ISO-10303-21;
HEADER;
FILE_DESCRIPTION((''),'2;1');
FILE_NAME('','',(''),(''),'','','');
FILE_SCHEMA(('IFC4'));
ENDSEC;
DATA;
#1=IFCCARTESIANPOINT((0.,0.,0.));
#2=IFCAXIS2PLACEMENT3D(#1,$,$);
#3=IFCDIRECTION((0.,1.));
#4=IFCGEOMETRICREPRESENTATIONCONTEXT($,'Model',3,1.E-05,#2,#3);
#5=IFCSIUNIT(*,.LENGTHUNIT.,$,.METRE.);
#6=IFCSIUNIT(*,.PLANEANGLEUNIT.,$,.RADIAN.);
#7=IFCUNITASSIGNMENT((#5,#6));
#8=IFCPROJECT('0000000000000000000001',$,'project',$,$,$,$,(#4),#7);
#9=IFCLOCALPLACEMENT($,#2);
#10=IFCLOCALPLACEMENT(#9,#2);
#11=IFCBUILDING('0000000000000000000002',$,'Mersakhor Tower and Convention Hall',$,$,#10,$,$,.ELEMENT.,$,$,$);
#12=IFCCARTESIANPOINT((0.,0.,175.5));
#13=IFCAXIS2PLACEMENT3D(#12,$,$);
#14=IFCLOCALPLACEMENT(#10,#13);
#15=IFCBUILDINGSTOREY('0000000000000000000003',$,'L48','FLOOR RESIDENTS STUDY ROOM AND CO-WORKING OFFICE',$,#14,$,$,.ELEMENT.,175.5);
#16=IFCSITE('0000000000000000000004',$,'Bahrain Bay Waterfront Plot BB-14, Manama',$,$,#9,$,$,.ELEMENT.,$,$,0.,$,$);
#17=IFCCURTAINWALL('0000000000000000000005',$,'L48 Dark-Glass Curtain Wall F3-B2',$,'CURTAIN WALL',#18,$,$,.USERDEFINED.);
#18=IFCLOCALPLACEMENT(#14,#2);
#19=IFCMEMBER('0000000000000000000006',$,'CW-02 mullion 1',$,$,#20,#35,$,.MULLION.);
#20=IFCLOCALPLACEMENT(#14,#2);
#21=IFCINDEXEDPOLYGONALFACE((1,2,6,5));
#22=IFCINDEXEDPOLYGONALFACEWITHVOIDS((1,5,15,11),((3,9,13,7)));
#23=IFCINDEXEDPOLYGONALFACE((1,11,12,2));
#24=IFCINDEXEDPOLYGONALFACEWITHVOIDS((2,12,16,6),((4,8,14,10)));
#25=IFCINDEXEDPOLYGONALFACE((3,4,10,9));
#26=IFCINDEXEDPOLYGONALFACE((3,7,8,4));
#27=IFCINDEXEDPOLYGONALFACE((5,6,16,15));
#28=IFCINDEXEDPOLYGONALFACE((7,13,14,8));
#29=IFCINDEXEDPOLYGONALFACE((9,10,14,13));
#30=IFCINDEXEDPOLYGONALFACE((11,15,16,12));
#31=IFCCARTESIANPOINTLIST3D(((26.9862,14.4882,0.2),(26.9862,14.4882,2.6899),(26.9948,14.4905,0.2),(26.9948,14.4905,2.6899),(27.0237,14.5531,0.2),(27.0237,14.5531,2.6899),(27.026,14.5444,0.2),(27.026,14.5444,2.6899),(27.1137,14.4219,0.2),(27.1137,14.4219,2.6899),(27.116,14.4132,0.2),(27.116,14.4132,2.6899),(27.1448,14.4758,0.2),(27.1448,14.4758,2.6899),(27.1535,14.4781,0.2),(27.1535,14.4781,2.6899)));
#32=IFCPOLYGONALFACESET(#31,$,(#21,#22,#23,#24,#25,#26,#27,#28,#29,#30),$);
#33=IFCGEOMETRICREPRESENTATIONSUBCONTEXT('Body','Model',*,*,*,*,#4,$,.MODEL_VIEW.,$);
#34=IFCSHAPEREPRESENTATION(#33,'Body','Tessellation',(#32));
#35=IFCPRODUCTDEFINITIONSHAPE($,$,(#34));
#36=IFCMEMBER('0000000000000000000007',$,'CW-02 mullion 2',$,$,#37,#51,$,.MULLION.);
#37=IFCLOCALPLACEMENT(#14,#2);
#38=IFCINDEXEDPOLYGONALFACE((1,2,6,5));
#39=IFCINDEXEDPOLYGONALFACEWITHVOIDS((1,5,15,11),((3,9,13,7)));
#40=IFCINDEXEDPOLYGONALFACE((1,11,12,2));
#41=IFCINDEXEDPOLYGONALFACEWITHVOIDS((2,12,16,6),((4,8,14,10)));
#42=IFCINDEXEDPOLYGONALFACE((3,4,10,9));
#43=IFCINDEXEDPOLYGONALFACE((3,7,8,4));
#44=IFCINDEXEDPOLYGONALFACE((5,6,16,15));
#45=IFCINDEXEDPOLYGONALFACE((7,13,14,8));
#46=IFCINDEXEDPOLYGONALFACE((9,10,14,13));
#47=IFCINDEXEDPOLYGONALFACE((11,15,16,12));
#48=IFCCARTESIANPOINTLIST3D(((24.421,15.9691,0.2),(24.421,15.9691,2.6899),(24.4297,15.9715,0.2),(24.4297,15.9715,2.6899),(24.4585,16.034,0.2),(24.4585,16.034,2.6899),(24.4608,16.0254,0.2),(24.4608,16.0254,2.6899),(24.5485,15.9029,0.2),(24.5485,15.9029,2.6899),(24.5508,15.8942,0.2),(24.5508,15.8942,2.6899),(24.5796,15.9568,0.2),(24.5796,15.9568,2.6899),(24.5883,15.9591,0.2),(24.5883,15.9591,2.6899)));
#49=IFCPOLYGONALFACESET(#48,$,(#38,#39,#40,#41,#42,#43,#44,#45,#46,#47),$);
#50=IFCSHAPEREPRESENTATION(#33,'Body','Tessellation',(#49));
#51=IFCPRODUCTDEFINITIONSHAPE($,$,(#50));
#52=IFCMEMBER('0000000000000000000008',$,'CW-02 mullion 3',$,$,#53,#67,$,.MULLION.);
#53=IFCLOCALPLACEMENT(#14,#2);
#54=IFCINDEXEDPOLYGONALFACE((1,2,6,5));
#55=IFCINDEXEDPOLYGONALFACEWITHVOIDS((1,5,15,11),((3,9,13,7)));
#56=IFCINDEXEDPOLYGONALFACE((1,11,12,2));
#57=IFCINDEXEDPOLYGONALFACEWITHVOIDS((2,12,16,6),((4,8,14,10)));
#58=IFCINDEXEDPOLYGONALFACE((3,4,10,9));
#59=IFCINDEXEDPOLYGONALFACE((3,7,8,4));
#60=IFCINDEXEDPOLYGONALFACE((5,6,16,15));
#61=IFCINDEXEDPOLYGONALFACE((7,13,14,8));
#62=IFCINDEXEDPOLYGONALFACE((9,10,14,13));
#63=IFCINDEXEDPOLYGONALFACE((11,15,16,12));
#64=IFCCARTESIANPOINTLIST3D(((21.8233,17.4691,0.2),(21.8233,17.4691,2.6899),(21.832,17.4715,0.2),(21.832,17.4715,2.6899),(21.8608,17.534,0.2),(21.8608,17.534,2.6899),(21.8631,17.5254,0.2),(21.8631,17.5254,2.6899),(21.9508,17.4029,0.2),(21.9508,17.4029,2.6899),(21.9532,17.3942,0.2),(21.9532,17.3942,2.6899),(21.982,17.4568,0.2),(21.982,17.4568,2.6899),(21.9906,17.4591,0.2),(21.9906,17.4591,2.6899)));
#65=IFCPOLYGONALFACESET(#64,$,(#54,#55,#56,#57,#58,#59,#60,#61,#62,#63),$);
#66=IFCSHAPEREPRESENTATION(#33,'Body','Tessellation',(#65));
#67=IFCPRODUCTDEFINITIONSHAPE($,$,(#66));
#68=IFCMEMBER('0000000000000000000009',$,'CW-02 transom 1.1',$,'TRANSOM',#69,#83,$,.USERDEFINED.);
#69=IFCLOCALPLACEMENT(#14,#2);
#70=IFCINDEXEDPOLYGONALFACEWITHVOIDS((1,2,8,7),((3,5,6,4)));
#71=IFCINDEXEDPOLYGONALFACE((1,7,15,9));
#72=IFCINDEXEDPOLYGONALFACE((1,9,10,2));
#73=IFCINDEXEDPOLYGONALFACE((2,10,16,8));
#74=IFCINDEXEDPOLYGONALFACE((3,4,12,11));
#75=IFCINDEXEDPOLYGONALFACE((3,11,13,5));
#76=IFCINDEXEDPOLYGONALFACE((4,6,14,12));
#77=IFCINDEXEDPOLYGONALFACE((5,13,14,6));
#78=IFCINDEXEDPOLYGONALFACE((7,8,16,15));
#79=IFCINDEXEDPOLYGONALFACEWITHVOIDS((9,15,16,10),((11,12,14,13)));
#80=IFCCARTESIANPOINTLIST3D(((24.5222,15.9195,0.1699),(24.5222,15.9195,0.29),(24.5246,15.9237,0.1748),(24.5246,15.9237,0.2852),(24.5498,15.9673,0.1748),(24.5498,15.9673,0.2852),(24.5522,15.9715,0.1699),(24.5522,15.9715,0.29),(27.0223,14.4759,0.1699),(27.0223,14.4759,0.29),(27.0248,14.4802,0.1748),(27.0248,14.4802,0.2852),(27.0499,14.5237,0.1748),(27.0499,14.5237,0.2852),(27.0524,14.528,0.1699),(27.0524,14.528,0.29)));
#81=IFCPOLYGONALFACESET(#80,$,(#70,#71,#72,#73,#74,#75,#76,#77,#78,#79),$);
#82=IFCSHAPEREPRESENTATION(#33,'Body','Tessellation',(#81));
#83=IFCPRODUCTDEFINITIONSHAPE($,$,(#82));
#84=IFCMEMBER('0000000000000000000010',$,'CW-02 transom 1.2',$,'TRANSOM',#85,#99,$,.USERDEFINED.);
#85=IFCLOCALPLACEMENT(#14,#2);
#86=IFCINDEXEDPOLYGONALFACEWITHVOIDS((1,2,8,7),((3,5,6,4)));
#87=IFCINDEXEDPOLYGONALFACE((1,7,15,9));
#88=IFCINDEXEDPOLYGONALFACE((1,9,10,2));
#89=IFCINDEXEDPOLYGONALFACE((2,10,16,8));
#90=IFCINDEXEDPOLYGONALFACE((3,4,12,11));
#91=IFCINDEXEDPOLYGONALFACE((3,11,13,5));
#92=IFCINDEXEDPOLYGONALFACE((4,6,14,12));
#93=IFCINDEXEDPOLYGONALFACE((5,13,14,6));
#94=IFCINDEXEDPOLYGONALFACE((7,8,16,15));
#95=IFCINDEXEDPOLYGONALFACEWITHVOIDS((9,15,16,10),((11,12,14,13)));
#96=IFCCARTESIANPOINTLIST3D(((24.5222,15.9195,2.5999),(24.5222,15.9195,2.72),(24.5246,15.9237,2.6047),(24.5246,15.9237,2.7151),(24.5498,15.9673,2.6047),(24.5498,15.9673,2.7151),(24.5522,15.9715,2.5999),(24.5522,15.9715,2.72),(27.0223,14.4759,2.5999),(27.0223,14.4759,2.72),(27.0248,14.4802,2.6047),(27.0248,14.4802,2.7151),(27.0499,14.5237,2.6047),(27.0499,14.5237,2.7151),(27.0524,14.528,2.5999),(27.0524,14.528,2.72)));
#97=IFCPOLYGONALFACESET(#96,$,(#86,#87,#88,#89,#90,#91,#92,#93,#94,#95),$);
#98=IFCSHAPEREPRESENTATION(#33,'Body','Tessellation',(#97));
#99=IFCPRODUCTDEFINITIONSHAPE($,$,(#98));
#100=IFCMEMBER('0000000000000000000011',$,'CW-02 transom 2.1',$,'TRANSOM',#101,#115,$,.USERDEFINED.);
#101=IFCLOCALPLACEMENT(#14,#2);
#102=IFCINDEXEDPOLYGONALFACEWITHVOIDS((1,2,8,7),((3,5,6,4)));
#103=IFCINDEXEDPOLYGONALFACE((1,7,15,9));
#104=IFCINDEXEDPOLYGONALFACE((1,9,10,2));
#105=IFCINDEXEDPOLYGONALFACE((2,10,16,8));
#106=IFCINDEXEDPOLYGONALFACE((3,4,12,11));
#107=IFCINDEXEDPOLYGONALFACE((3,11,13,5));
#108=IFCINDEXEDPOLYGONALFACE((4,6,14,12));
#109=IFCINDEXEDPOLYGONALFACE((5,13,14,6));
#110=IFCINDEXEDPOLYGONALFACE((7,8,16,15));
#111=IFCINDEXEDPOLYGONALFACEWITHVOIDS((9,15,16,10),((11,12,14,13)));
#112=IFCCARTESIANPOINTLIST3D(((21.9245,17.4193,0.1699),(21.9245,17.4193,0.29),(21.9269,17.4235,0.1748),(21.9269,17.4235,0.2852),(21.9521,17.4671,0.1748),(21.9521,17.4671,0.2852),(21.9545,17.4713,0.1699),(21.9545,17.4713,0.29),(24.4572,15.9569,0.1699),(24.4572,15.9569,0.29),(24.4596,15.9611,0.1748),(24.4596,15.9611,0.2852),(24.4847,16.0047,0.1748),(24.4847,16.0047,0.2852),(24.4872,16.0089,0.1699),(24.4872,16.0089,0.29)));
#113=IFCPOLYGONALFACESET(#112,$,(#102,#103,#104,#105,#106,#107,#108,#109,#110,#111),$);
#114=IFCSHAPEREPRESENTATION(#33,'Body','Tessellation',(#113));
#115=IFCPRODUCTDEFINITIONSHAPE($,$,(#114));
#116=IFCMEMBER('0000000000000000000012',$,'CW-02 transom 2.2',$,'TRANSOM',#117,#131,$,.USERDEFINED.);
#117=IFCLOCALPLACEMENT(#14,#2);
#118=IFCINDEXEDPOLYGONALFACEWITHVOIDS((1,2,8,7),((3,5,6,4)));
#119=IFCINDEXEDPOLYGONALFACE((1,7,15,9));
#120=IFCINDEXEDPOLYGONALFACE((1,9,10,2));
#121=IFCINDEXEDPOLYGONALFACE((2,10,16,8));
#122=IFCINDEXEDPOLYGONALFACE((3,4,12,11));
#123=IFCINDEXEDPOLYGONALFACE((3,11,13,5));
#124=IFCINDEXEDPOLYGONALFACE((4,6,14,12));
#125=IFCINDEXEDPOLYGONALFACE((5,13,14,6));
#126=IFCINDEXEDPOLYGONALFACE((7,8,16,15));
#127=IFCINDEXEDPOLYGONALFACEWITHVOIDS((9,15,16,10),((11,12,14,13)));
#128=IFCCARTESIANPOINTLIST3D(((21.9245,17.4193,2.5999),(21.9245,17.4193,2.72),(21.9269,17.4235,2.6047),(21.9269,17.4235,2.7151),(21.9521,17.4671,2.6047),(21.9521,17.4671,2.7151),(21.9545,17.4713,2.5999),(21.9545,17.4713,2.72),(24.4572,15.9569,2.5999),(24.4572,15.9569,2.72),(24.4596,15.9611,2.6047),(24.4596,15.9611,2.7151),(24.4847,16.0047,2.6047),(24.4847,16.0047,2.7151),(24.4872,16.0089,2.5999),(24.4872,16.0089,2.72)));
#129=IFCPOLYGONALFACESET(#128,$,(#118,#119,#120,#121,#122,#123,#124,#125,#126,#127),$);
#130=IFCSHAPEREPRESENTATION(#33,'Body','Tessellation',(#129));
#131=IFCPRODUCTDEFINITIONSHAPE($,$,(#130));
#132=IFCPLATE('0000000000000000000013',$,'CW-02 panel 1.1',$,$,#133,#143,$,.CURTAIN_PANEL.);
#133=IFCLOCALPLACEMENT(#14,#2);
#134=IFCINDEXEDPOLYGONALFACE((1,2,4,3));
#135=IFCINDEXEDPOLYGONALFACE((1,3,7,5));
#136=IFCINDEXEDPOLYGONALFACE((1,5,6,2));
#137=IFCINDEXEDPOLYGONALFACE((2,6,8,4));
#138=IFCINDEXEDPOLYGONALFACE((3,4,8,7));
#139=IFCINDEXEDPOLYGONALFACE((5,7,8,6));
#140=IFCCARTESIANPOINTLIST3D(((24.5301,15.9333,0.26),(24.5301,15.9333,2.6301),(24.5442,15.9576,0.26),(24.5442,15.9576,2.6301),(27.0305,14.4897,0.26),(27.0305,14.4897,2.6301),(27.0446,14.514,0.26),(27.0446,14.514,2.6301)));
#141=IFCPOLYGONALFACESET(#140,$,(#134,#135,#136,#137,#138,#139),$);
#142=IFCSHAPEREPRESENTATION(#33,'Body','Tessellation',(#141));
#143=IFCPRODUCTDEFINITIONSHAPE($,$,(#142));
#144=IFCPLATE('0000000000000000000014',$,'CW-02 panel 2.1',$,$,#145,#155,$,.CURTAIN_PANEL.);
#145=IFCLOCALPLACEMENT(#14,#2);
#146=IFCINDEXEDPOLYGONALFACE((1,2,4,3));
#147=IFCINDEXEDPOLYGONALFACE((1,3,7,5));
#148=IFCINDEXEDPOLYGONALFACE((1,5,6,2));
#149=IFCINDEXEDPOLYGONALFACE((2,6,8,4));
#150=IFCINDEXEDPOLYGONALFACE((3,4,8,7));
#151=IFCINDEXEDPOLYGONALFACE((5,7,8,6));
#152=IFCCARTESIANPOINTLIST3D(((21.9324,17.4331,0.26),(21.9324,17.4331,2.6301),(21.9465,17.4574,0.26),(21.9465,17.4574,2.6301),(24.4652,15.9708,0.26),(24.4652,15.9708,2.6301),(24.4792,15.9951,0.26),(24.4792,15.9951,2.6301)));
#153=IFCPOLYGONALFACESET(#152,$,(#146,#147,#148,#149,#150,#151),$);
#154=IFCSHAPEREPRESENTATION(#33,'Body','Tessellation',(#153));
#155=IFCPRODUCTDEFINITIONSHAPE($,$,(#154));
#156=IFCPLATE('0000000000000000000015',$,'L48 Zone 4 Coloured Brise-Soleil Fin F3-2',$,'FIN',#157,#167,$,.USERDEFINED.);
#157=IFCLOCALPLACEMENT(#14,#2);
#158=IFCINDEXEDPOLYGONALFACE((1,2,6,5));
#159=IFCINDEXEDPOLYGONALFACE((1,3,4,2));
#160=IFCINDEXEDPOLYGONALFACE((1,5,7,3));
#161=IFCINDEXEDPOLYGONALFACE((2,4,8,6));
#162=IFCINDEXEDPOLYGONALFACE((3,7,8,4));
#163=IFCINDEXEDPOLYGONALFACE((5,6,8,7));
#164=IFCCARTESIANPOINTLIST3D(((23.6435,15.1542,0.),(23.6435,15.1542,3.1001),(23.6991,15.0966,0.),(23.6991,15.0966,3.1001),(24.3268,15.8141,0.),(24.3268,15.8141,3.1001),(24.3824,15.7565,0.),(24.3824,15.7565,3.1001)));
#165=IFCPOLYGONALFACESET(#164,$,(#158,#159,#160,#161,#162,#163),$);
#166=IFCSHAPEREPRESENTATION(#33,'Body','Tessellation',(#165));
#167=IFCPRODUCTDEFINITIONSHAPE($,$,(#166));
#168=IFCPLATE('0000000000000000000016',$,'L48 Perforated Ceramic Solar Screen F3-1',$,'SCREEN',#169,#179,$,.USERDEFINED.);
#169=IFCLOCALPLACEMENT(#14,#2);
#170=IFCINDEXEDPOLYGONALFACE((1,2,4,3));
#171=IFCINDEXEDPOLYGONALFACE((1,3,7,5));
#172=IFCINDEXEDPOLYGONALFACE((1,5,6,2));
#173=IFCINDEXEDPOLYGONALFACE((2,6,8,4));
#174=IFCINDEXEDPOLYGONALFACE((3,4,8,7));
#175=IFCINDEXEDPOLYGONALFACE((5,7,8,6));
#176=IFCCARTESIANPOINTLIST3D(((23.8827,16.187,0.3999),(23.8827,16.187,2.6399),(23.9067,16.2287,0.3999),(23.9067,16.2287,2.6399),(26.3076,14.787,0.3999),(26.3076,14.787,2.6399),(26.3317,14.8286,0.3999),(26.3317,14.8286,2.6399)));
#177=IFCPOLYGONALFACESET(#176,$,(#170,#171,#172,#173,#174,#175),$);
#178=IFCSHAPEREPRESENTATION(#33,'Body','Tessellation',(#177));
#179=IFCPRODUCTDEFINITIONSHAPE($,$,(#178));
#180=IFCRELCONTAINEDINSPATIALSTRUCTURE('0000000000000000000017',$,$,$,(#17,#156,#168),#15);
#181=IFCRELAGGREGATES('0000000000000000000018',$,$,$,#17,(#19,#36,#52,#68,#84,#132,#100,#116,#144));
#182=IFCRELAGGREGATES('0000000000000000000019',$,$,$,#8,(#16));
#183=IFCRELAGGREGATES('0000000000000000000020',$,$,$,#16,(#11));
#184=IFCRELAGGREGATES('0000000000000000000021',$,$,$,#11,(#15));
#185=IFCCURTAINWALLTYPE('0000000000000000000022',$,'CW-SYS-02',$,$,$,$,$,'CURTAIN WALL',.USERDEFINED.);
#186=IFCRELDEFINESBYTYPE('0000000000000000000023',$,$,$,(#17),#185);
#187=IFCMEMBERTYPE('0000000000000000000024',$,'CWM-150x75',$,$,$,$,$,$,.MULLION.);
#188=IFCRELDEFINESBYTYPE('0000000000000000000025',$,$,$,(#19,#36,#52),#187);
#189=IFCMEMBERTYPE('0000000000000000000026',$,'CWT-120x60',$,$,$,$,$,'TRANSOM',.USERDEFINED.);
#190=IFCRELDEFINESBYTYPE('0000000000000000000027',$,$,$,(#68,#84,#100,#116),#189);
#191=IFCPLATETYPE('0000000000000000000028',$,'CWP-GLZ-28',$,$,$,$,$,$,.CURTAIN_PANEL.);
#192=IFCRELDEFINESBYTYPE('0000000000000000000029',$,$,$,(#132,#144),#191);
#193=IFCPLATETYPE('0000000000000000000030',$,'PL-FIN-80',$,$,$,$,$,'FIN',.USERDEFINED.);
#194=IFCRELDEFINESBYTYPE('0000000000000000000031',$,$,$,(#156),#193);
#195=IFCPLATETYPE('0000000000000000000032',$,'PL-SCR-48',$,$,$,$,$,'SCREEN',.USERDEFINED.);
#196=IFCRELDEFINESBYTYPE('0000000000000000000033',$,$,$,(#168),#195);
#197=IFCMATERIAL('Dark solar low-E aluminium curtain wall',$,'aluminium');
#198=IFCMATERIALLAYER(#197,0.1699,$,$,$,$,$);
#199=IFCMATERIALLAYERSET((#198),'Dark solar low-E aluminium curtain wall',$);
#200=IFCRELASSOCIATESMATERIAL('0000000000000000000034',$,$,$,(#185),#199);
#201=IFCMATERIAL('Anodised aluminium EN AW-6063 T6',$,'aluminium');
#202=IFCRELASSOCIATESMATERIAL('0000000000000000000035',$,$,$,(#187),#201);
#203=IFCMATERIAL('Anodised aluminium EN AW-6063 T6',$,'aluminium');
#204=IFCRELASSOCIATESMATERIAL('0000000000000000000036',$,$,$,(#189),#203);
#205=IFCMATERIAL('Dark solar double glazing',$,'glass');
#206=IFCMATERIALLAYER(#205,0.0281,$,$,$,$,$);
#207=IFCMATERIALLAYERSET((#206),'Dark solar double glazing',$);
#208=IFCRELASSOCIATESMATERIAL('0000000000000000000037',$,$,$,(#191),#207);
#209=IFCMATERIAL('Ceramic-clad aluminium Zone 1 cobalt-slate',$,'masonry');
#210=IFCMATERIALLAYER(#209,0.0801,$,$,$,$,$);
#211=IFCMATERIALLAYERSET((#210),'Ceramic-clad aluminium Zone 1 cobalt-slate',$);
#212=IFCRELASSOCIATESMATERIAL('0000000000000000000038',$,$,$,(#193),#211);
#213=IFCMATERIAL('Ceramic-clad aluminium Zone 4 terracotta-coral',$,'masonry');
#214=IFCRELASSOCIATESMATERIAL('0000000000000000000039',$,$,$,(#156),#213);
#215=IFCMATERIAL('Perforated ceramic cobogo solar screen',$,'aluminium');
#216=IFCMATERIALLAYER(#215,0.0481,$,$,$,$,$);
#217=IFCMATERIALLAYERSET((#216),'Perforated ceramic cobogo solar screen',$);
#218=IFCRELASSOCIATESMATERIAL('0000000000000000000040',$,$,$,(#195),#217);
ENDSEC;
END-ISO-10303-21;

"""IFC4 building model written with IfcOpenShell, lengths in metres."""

from ifc_helpers import new_model, si_unit, direction, frame, origin, origin_2d, place, context, subcontext, project, spatial, rectangle, hollow_rectangle, extrude, material, layer, layer_set, material_profile, profile_set, type_object, element, aggregate, save


model = new_model("IFC4")

# Units and contexts
model_context = context("Model", 3, precision=1e-05, world=origin(), true_north=direction((0.0, 1.0)))
body_context = subcontext(model_context, "Body", "Model", "MODEL_VIEW")
ifc_project = project(units=[si_unit("LENGTHUNIT", "METRE"), si_unit("PLANEANGLEUNIT", "RADIAN")], contexts=[model_context])

# Site, building, storey
site_placement = place(None, origin())
site = spatial("IfcSite", under=ifc_project, at=site_placement, Name="Bahrain Bay Waterfront Plot BB-14, Manama", CompositionType="ELEMENT", RefElevation=0.0)
building_placement = place(site_placement, origin())
building = spatial("IfcBuilding", under=site, at=building_placement, Name="Mersakhor Tower and Convention Hall", CompositionType="ELEMENT")
storey_placement = place(building_placement, frame((0.0, 0.0, 175.5)))
storey = spatial("IfcBuildingStorey", under=building, at=storey_placement, Name="L48", Description="FLOOR RESIDENTS STUDY ROOM AND CO-WORKING OFFICE", CompositionType="ELEMENT", Elevation=175.5)

# Curtain wall, members, plates
ifc_material_1 = material(Name="Dark solar low-E aluminium curtain wall", Category="aluminium")
ifc_layer_1 = layer(ifc_material_1, 0.1699)
ifc_layer_set_1 = layer_set([ifc_layer_1], Name="Dark solar low-E aluminium curtain wall")
curtain_wall_type = type_object("IfcCurtainWallType", Name="CW-SYS-02", ElementType="CURTAIN WALL", PredefinedType="USERDEFINED", material=ifc_layer_set_1)
curtain_wall_placement = place(storey_placement, origin())
curtain_wall = element("IfcCurtainWall", 1, at=curtain_wall_placement, inside=storey, type_object=curtain_wall_type, Name="L48 Dark-Glass Curtain Wall F3-B2", ObjectType="CURTAIN WALL", PredefinedType="USERDEFINED")
ifc_material_2 = material(Name="Anodised aluminium EN AW-6063 T6", Category="aluminium")
ifc_material_profile_1 = material_profile(ifc_material_2, hollow_rectangle(XDim=0.075, YDim=0.1499, WallThickness=0.0063, at=origin_2d()), Name="RHS 150x75x6.3")
ifc_profile_set_1 = profile_set([ifc_material_profile_1], Name="Anodised aluminium EN AW-6063 T6")
member_type_1 = type_object("IfcMemberType", Name="CWM-150x75", PredefinedType="MULLION", material=ifc_profile_set_1)
member_1_placement = place(storey_placement, frame((27.0698, 14.4832, 0.2), z_axis=(0.0, 0.0, 1.0), x_axis=(-0.500008, -0.866021, 0.0)))
member_1 = element("IfcMember", 2, at=member_1_placement, type_object=member_type_1, Name="CW-02 mullion 1", PredefinedType="MULLION", context=body_context, shape_type="SweptSolid", body=[
    extrude(hollow_rectangle(XDim=0.075, YDim=0.1499, WallThickness=0.0063, at=origin_2d()), origin(), (0.0, 0.0, 1.0), 2.49),
])
member_2_placement = place(storey_placement, frame((24.5046, 15.9641, 0.2), z_axis=(0.0, 0.0, 1.0), x_axis=(-0.500008, -0.866021, 0.0)))
member_2 = element("IfcMember", 3, at=member_2_placement, type_object=member_type_1, Name="CW-02 mullion 2", PredefinedType="MULLION", context=body_context, shape_type="SweptSolid", body=[
    extrude(hollow_rectangle(XDim=0.075, YDim=0.1499, WallThickness=0.0063, at=origin_2d()), origin(), (0.0, 0.0, 1.0), 2.49),
])
member_3_placement = place(storey_placement, frame((21.907, 17.4641, 0.2), z_axis=(0.0, 0.0, 1.0), x_axis=(-0.500008, -0.866021, 0.0)))
member_3 = element("IfcMember", 4, at=member_3_placement, type_object=member_type_1, Name="CW-02 mullion 3", PredefinedType="MULLION", context=body_context, shape_type="SweptSolid", body=[
    extrude(hollow_rectangle(XDim=0.075, YDim=0.1499, WallThickness=0.0063, at=origin_2d()), origin(), (0.0, 0.0, 1.0), 2.49),
])
ifc_material_3 = material(Name="Anodised aluminium EN AW-6063 T6", Category="aluminium")
ifc_material_profile_2 = material_profile(ifc_material_3, hollow_rectangle(XDim=0.0601, YDim=0.1201, WallThickness=0.0049, at=origin_2d()), Name="RHS 120x60x5")
ifc_profile_set_2 = profile_set([ifc_material_profile_2], Name="Anodised aluminium EN AW-6063 T6")
member_type_2 = type_object("IfcMemberType", Name="CWT-120x60", ElementType="TRANSOM", PredefinedType="USERDEFINED", material=ifc_profile_set_2)
member_4_placement = place(storey_placement, frame((27.0374, 14.502, 0.23), z_axis=(-0.866012, 0.500023, 0.0), x_axis=(-0.500023, -0.866012, 0.0)))
member_4 = element("IfcMember", 5, at=member_4_placement, type_object=member_type_2, Name="CW-02 transom 1.1", ObjectType="TRANSOM", PredefinedType="USERDEFINED", context=body_context, shape_type="SweptSolid", body=[
    extrude(hollow_rectangle(XDim=0.0601, YDim=0.1201, WallThickness=0.0049, at=origin_2d()), origin(), (0.0, 0.0, 1.0), 2.887),
])
member_5_placement = place(storey_placement, frame((27.0374, 14.502, 2.6599), z_axis=(-0.866012, 0.500023, 0.0), x_axis=(-0.500023, -0.866012, 0.0)))
member_5 = element("IfcMember", 6, at=member_5_placement, type_object=member_type_2, Name="CW-02 transom 1.2", ObjectType="TRANSOM", PredefinedType="USERDEFINED", context=body_context, shape_type="SweptSolid", body=[
    extrude(hollow_rectangle(XDim=0.0601, YDim=0.1201, WallThickness=0.0049, at=origin_2d()), origin(), (0.0, 0.0, 1.0), 2.887),
])
member_6_placement = place(storey_placement, frame((24.4722, 15.9829, 0.23), z_axis=(-0.866005, 0.500036, 0.0), x_axis=(-0.500036, -0.866005, 0.0)))
member_6 = element("IfcMember", 7, at=member_6_placement, type_object=member_type_2, Name="CW-02 transom 2.1", ObjectType="TRANSOM", PredefinedType="USERDEFINED", context=body_context, shape_type="SweptSolid", body=[
    extrude(hollow_rectangle(XDim=0.0601, YDim=0.1201, WallThickness=0.0049, at=origin_2d()), origin(), (0.0, 0.0, 1.0), 2.9246),
])
member_7_placement = place(storey_placement, frame((24.4722, 15.9829, 2.6599), z_axis=(-0.866005, 0.500036, 0.0), x_axis=(-0.500036, -0.866005, 0.0)))
member_7 = element("IfcMember", 8, at=member_7_placement, type_object=member_type_2, Name="CW-02 transom 2.2", ObjectType="TRANSOM", PredefinedType="USERDEFINED", context=body_context, shape_type="SweptSolid", body=[
    extrude(hollow_rectangle(XDim=0.0601, YDim=0.1201, WallThickness=0.0049, at=origin_2d()), origin(), (0.0, 0.0, 1.0), 2.9246),
])
ifc_material_4 = material(Name="Dark solar double glazing", Category="glass")
ifc_layer_2 = layer(ifc_material_4, 0.0281)
ifc_layer_set_2 = layer_set([ifc_layer_2], Name="Dark solar double glazing")
plate_type_1 = type_object("IfcPlateType", Name="CWP-GLZ-28", PredefinedType="CURTAIN_PANEL", material=ifc_layer_set_2)
plate_1_placement = place(storey_placement, frame((25.7874, 15.2236, 0.26), z_axis=(0.0, 0.0, 1.0), x_axis=(-0.866021, 0.500008, 0.0)))
plate_1 = element("IfcPlate", 9, at=plate_1_placement, type_object=plate_type_1, Name="CW-02 panel 1.1", PredefinedType="CURTAIN_PANEL", context=body_context, shape_type="SweptSolid", body=[
    extrude(rectangle(XDim=2.8872, YDim=0.0281, at=origin_2d()), origin(), (0.0, 0.0, 1.0), 2.3701),
])
plate_2_placement = place(storey_placement, frame((23.2058, 16.7141, 0.26), z_axis=(0.0, 0.0, 1.0), x_axis=(-0.866021, 0.500008, 0.0)))
plate_2 = element("IfcPlate", 10, at=plate_2_placement, type_object=plate_type_1, Name="CW-02 panel 2.1", PredefinedType="CURTAIN_PANEL", context=body_context, shape_type="SweptSolid", body=[
    extrude(rectangle(XDim=2.9246, YDim=0.0281, at=origin_2d()), origin(), (0.0, 0.0, 1.0), 2.3701),
])
aggregate(curtain_wall, [member_1, member_2, member_3, member_4, member_5, plate_1, member_6, member_7, plate_2])

# Plates
ifc_material_5 = material(Name="Ceramic-clad aluminium Zone 4 terracotta-coral", Category="masonry")
ifc_material_6 = material(Name="Ceramic-clad aluminium Zone 1 cobalt-slate", Category="masonry")
ifc_layer_3 = layer(ifc_material_6, 0.0801)
ifc_layer_set_3 = layer_set([ifc_layer_3], Name="Ceramic-clad aluminium Zone 1 cobalt-slate")
plate_type_2 = type_object("IfcPlateType", Name="PL-FIN-80", ElementType="FIN", PredefinedType="USERDEFINED", material=ifc_layer_set_3)
plate_3_placement = place(storey_placement, frame((24.0129, 15.4553, 0.0), z_axis=(0.0, 0.0, 1.0), x_axis=(-0.71934, -0.694658, 0.0)))
element("IfcPlate", 11, at=plate_3_placement, inside=storey, type_object=plate_type_2, material=ifc_material_5, Name="L48 Zone 4 Coloured Brise-Soleil Fin F3-2", ObjectType="FIN", PredefinedType="USERDEFINED", context=body_context, shape_type="SweptSolid", body=[
    extrude(rectangle(XDim=0.95, YDim=0.0801, at=origin_2d()), origin(), (0.0, 0.0, 1.0), 3.1001),
])
ifc_material_7 = material(Name="Perforated ceramic cobogo solar screen", Category="aluminium")
ifc_layer_4 = layer(ifc_material_7, 0.0481)
ifc_layer_set_4 = layer_set([ifc_layer_4], Name="Perforated ceramic cobogo solar screen")
plate_type_3 = type_object("IfcPlateType", Name="PL-SCR-48", ElementType="SCREEN", PredefinedType="USERDEFINED", material=ifc_layer_set_4)
plate_4_placement = place(storey_placement, frame((25.1072, 15.5078, 0.3999), z_axis=(0.0, 0.0, 1.0), x_axis=(-0.866025, 0.5, 0.0)))
element("IfcPlate", 12, at=plate_4_placement, inside=storey, type_object=plate_type_3, Name="L48 Perforated Ceramic Solar Screen F3-1", ObjectType="SCREEN", PredefinedType="USERDEFINED", context=body_context, shape_type="SweptSolid", body=[
    extrude(rectangle(XDim=2.8, YDim=0.0481, at=origin_2d()), origin(), (0.0, 0.0, 1.0), 2.24),
])

save(model, "model.ifc")
